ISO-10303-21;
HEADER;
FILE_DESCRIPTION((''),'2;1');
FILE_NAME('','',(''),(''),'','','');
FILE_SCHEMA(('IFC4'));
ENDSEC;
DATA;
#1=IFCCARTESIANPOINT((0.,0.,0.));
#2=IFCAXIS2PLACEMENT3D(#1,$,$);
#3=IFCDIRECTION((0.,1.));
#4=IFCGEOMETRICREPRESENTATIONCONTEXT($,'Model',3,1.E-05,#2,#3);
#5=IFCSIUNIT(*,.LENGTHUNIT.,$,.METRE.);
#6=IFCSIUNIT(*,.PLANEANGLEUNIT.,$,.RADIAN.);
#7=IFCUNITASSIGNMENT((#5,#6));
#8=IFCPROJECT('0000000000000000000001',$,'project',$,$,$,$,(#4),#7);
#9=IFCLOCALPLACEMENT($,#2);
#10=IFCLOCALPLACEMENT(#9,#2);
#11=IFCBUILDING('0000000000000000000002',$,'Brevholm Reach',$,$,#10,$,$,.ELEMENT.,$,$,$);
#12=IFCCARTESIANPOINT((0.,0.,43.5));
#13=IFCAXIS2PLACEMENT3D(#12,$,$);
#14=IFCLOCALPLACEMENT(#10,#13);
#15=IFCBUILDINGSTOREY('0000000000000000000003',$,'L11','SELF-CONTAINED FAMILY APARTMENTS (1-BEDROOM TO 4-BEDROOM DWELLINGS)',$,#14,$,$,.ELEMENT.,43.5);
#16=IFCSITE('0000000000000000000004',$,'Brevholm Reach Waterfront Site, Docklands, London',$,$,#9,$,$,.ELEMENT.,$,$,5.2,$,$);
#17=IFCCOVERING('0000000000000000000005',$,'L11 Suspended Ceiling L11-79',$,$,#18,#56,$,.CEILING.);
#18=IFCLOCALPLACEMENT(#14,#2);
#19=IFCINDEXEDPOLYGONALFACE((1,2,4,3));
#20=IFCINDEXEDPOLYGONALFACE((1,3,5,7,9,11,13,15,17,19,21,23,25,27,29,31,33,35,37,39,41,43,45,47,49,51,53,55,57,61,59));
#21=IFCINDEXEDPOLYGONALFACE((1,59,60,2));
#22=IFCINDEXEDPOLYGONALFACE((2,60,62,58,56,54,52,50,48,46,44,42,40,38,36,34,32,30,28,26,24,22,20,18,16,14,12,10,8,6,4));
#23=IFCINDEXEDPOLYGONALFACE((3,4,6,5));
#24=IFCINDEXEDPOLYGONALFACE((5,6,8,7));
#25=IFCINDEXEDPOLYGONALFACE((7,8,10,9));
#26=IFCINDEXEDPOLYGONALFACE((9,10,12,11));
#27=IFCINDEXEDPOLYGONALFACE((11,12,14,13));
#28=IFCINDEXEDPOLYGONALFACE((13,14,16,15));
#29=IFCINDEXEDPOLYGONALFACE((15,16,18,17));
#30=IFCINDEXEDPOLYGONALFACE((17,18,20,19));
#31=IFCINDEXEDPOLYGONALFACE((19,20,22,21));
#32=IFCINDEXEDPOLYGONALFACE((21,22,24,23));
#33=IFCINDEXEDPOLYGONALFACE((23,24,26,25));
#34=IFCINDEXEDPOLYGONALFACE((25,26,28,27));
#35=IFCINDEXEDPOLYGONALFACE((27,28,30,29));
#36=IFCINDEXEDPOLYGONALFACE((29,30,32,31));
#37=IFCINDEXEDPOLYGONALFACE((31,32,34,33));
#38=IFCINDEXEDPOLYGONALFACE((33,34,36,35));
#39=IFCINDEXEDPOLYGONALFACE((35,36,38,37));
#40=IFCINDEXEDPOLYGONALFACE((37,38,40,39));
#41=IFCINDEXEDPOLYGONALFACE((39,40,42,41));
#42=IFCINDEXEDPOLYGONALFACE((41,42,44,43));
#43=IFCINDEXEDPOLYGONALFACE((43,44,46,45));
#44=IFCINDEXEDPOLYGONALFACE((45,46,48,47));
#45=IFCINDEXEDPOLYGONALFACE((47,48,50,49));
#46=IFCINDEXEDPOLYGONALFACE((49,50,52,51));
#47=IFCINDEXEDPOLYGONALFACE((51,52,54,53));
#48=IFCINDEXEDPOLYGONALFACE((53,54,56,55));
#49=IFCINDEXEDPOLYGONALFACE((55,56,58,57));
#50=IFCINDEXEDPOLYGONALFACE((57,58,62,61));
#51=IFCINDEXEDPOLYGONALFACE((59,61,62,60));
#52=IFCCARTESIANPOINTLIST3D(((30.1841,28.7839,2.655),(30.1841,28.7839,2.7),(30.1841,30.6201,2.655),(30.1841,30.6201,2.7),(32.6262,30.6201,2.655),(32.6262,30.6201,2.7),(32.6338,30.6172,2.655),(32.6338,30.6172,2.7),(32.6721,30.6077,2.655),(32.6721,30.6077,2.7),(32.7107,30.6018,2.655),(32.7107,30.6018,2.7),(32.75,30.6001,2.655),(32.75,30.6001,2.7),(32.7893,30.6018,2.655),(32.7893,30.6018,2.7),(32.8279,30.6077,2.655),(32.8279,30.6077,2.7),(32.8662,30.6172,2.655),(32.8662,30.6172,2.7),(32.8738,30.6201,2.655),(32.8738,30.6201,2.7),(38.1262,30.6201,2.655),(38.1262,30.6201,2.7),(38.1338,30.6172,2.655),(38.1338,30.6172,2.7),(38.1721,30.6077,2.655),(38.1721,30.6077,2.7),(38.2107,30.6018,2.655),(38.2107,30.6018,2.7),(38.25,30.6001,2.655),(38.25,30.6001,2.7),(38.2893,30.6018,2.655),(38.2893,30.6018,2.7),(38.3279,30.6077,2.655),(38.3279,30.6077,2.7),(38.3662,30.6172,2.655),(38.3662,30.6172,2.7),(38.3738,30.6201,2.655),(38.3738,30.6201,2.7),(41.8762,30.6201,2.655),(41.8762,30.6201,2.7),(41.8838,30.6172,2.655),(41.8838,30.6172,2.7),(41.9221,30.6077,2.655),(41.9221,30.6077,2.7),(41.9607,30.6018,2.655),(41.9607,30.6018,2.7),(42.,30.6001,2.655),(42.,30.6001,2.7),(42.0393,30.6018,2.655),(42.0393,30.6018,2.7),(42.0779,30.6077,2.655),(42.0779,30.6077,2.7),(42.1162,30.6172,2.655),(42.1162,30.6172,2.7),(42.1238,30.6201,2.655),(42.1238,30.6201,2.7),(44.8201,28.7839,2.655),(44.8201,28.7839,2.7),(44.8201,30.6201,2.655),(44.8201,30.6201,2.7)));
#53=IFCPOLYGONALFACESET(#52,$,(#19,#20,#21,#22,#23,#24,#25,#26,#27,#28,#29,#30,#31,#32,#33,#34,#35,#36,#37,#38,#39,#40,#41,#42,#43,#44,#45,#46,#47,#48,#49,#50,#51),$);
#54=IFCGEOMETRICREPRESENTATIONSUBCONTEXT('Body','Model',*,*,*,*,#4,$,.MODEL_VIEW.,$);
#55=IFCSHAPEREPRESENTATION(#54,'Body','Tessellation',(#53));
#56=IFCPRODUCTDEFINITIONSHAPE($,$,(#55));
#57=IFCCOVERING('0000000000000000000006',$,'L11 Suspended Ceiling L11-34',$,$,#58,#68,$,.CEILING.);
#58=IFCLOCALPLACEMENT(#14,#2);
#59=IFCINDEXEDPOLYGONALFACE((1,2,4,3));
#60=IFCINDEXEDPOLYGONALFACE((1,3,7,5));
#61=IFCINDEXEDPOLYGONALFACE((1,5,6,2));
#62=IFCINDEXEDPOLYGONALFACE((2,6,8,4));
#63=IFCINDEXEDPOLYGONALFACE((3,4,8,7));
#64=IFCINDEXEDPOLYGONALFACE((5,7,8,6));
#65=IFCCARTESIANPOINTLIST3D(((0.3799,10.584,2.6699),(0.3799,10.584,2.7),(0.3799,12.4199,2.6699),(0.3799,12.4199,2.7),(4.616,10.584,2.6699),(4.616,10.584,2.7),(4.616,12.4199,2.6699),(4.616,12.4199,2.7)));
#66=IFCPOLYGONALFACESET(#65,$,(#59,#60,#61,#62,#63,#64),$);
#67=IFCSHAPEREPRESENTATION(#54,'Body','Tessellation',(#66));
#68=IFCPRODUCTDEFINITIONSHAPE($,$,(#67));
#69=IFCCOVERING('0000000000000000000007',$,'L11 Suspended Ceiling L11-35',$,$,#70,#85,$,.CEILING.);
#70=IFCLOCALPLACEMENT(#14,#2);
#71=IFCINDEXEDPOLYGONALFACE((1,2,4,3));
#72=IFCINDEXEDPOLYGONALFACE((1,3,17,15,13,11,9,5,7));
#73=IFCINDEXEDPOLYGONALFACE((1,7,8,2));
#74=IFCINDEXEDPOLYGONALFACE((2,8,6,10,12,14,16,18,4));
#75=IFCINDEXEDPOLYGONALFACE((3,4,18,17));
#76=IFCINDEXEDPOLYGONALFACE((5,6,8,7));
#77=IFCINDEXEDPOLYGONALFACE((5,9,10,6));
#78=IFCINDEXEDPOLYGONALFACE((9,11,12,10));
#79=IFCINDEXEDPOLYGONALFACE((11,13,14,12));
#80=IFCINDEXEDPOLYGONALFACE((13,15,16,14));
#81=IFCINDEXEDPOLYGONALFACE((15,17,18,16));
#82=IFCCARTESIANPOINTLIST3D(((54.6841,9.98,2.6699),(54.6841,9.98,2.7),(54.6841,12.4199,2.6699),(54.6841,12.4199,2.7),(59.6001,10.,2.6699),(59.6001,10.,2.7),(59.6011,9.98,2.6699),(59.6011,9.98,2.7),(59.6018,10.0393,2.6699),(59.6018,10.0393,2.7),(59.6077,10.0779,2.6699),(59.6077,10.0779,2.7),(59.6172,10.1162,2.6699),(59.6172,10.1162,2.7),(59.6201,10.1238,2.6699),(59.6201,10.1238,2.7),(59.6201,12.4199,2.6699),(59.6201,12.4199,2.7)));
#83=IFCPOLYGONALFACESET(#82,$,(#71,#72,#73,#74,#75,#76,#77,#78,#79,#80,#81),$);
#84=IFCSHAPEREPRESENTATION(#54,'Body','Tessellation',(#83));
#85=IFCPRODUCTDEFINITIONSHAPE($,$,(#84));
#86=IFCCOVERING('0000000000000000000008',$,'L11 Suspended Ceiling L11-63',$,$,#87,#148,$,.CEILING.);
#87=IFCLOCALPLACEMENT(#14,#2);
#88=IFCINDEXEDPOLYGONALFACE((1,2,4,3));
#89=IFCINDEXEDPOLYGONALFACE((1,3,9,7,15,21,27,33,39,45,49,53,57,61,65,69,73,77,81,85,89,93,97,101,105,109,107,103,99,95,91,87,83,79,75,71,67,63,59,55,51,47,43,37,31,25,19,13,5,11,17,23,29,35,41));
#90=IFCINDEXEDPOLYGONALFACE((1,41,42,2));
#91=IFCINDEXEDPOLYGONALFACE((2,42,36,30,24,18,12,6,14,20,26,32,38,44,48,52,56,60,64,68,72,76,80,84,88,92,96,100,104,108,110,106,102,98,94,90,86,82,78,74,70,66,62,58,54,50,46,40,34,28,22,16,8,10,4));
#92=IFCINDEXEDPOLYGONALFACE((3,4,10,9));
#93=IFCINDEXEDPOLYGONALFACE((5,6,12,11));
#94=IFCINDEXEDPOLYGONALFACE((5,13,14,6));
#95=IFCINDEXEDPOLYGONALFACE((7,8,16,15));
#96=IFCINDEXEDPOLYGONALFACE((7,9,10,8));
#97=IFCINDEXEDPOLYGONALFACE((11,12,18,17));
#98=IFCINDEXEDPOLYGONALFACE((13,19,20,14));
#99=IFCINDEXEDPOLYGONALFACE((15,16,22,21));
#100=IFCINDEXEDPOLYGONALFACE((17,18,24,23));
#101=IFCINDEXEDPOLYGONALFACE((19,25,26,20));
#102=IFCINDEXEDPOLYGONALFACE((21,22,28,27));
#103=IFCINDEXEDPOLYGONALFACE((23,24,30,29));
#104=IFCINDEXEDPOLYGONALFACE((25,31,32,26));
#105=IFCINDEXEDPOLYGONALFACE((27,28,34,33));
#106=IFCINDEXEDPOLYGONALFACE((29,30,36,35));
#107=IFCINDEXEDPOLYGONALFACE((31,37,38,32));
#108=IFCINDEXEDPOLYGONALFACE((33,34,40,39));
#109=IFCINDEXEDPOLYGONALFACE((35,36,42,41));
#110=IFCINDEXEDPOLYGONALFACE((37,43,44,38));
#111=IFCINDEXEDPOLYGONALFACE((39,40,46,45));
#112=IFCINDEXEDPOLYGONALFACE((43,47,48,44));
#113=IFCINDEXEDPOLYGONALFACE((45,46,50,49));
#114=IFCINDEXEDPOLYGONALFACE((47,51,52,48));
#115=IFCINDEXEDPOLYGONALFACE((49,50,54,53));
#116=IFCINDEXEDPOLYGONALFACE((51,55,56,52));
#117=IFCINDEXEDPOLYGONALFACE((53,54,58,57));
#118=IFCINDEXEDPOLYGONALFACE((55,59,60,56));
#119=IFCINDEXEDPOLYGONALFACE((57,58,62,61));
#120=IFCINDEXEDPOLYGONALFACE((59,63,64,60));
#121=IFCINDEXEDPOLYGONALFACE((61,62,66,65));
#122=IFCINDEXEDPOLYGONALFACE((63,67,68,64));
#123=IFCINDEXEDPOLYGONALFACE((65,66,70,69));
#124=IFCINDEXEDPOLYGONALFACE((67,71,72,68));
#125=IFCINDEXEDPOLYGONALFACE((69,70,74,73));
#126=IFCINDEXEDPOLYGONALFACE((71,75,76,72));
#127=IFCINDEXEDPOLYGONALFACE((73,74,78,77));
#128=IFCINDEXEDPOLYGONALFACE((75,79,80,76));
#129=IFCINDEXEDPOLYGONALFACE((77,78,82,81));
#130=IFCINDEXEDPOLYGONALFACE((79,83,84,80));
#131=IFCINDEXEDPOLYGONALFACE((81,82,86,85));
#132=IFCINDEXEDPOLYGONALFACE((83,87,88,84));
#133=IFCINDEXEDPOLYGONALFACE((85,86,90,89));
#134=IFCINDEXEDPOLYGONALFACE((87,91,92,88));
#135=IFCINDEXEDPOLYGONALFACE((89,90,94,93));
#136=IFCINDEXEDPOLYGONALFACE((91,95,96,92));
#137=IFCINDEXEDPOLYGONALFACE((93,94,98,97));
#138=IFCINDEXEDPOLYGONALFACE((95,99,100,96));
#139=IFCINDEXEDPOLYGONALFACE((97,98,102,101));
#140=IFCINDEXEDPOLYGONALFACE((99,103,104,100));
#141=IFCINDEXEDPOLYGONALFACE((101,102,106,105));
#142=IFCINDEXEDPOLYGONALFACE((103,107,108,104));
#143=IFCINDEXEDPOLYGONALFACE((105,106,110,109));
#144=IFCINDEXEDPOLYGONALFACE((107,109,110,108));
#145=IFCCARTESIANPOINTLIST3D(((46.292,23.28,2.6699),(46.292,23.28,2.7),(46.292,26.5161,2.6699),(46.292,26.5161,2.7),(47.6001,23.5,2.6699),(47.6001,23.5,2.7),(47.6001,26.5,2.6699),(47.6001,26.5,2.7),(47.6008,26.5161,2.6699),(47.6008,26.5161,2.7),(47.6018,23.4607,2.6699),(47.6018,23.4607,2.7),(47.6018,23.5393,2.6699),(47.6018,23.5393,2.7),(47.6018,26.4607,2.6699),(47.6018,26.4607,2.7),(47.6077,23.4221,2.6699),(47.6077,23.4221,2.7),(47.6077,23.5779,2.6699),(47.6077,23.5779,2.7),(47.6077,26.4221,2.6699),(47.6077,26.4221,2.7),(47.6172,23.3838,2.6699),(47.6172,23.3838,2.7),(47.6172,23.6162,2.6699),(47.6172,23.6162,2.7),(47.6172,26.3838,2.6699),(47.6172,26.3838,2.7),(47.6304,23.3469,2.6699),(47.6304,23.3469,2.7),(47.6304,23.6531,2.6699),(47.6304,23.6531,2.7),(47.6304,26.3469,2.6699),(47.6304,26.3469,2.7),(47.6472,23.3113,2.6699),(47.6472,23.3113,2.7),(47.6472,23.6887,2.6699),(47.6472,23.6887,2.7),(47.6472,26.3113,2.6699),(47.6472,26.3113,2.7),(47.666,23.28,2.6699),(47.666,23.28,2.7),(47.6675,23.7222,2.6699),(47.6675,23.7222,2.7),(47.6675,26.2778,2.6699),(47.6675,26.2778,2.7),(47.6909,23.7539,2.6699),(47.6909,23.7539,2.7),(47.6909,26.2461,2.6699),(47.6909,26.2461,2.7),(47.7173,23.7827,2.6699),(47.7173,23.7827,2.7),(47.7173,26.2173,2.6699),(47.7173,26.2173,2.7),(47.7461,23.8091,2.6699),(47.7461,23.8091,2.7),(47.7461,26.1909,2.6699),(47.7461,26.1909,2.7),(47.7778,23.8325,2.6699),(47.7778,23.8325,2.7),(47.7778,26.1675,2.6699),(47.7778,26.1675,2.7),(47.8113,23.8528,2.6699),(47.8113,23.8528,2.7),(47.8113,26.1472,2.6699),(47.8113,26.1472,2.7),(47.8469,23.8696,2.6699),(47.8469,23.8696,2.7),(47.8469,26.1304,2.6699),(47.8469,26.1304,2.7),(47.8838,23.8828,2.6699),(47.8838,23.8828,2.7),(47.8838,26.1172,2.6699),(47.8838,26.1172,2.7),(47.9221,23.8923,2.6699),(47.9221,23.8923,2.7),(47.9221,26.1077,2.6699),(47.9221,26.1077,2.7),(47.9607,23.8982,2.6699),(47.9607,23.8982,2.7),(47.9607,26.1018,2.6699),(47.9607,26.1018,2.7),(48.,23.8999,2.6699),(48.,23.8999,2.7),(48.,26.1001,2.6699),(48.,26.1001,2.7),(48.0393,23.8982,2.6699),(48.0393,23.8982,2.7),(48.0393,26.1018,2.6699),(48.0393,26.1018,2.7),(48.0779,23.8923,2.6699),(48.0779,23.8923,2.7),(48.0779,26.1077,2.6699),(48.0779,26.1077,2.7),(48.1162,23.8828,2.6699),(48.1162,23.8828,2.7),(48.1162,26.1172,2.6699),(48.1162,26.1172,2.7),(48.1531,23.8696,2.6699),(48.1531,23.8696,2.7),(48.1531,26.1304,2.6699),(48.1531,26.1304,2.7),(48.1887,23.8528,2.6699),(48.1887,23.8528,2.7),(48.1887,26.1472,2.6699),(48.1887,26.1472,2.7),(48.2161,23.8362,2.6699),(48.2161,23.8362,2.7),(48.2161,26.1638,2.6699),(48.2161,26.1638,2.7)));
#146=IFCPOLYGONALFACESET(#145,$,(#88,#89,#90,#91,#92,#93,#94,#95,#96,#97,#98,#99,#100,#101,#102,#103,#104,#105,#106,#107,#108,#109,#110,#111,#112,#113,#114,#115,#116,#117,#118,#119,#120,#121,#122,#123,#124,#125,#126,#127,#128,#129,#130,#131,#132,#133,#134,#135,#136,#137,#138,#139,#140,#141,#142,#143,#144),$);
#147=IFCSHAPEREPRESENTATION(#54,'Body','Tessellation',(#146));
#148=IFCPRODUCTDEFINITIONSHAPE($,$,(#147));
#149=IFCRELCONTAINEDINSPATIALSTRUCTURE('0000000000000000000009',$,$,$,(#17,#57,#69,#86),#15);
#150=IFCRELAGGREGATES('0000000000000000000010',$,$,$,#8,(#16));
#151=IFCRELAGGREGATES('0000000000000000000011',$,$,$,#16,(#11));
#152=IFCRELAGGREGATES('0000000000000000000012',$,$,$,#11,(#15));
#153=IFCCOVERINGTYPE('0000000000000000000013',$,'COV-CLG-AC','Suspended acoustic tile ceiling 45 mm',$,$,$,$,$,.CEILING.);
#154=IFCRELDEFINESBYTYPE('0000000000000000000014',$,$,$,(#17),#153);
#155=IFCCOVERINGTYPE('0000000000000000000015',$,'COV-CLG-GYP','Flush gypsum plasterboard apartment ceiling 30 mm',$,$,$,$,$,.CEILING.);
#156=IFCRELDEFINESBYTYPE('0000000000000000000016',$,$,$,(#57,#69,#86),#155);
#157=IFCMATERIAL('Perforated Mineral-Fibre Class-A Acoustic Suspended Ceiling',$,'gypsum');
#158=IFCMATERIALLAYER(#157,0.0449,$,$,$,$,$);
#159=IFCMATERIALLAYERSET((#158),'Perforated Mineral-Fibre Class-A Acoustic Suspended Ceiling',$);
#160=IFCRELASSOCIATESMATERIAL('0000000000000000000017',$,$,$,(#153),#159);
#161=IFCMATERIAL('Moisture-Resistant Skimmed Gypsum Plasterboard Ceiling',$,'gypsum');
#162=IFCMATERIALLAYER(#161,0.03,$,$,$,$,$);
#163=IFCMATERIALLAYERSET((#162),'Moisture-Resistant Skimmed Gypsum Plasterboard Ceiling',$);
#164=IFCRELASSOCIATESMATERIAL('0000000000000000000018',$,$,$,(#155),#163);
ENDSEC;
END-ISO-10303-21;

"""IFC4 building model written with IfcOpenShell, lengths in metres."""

from ifc_helpers import new_model, si_unit, direction, frame, origin, place, context, subcontext, project, spatial, polyline, outline, extrude, material, layer, layer_set, type_object, element, save


model = new_model("IFC4")

# Units and contexts
model_context = context("Model", 3, precision=1e-05, world=origin(), true_north=direction((0.0, 1.0)))
body_context = subcontext(model_context, "Body", "Model", "MODEL_VIEW")
ifc_project = project(units=[si_unit("LENGTHUNIT", "METRE"), si_unit("PLANEANGLEUNIT", "RADIAN")], contexts=[model_context])

# Site, building, storey
site_placement = place(None, origin())
site = spatial("IfcSite", under=ifc_project, at=site_placement, Name="Brevholm Reach Waterfront Site, Docklands, London", CompositionType="ELEMENT", RefElevation=5.2)
building_placement = place(site_placement, origin())
building = spatial("IfcBuilding", under=site, at=building_placement, Name="Brevholm Reach", CompositionType="ELEMENT")
storey_placement = place(building_placement, frame((0.0, 0.0, 43.5)))
storey = spatial("IfcBuildingStorey", under=building, at=storey_placement, Name="L11", Description="SELF-CONTAINED FAMILY APARTMENTS (1-BEDROOM TO 4-BEDROOM DWELLINGS)", CompositionType="ELEMENT", Elevation=43.5)

# Coverings
ifc_material_1 = material(Name="Perforated Mineral-Fibre Class-A Acoustic Suspended Ceiling", Category="gypsum")
ifc_layer_1 = layer(ifc_material_1, 0.0449)
ifc_layer_set_1 = layer_set([ifc_layer_1], Name="Perforated Mineral-Fibre Class-A Acoustic Suspended Ceiling")
covering_type_1 = type_object("IfcCoveringType", Name="COV-CLG-AC", Description="Suspended acoustic tile ceiling 45 mm", PredefinedType="CEILING", material=ifc_layer_set_1)
covering_1_placement = place(storey_placement, frame((0.0, 0.0, 2.655)))
element("IfcCovering", 1, at=covering_1_placement, inside=storey, type_object=covering_type_1, Name="L11 Suspended Ceiling L11-79", PredefinedType="CEILING", context=body_context, shape_type="SweptSolid", body=[
    extrude(outline(polyline([(32.6262, 30.6201), (32.6338, 30.6172), (32.6721, 30.6077), (32.7107, 30.6018), (32.75, 30.6001), (32.7893, 30.6018), (32.8279, 30.6077), (32.8662, 30.6172), (32.8738, 30.6201), (38.1262, 30.6201), (38.1338, 30.6172), (38.1721, 30.6077), (38.2107, 30.6018), (38.25, 30.6001), (38.2893, 30.6018), (38.3279, 30.6077), (38.3662, 30.6172), (38.3738, 30.6201), (41.8762, 30.6201), (41.8838, 30.6172), (41.9221, 30.6077), (41.9607, 30.6018), (42.0, 30.6001), (42.0393, 30.6018), (42.0779, 30.6077), (42.1162, 30.6172), (42.1238, 30.6201), (44.8201, 30.6201), (44.8201, 28.7839), (30.1841, 28.7839), (30.1841, 30.6201), (32.6262, 30.6201)])), origin(), (0.0, 0.0, 1.0), 0.0449),
])
ifc_material_2 = material(Name="Moisture-Resistant Skimmed Gypsum Plasterboard Ceiling", Category="gypsum")
ifc_layer_2 = layer(ifc_material_2, 0.03)
ifc_layer_set_2 = layer_set([ifc_layer_2], Name="Moisture-Resistant Skimmed Gypsum Plasterboard Ceiling")
covering_type_2 = type_object("IfcCoveringType", Name="COV-CLG-GYP", Description="Flush gypsum plasterboard apartment ceiling 30 mm", PredefinedType="CEILING", material=ifc_layer_set_2)
covering_2_placement = place(storey_placement, frame((0.0, 0.0, 2.6699)))
element("IfcCovering", 2, at=covering_2_placement, inside=storey, type_object=covering_type_2, Name="L11 Suspended Ceiling L11-34", PredefinedType="CEILING", context=body_context, shape_type="SweptSolid", body=[
    extrude(outline(polyline([(0.3799, 12.4199), (4.616, 12.4199), (4.616, 10.584), (0.3799, 10.584), (0.3799, 12.4199)])), origin(), (0.0, 0.0, 1.0), 0.03),
])
covering_3_placement = place(storey_placement, frame((0.0, 0.0, 2.6699)))
element("IfcCovering", 3, at=covering_3_placement, inside=storey, type_object=covering_type_2, Name="L11 Suspended Ceiling L11-35", PredefinedType="CEILING", context=body_context, shape_type="SweptSolid", body=[
    extrude(outline(polyline([(59.6201, 12.4199), (59.6201, 10.1238), (59.6172, 10.1162), (59.6077, 10.0779), (59.6018, 10.0393), (59.6001, 10.0), (59.6011, 9.98), (54.6841, 9.98), (54.6841, 12.4199), (59.6201, 12.4199)])), origin(), (0.0, 0.0, 1.0), 0.03),
])
covering_4_placement = place(storey_placement, frame((0.0, 0.0, 2.6699)))
element("IfcCovering", 4, at=covering_4_placement, inside=storey, type_object=covering_type_2, Name="L11 Suspended Ceiling L11-63", PredefinedType="CEILING", context=body_context, shape_type="SweptSolid", body=[
    extrude(outline(polyline([(46.292, 26.5161), (47.6008, 26.5161), (47.6001, 26.5), (47.6018, 26.4607), (47.6077, 26.4221), (47.6172, 26.3838), (47.6304, 26.3469), (47.6472, 26.3113), (47.6675, 26.2778), (47.6909, 26.2461), (47.7173, 26.2173), (47.7461, 26.1909), (47.7778, 26.1675), (47.8113, 26.1472), (47.8469, 26.1304), (47.8838, 26.1172), (47.9221, 26.1077), (47.9607, 26.1018), (48.0, 26.1001), (48.0393, 26.1018), (48.0779, 26.1077), (48.1162, 26.1172), (48.1531, 26.1304), (48.1887, 26.1472), (48.2161, 26.1638), (48.2161, 23.8362), (48.1887, 23.8528), (48.1531, 23.8696), (48.1162, 23.8828), (48.0779, 23.8923), (48.0393, 23.8982), (48.0, 23.8999), (47.9607, 23.8982), (47.9221, 23.8923), (47.8838, 23.8828), (47.8469, 23.8696), (47.8113, 23.8528), (47.7778, 23.8325), (47.7461, 23.8091), (47.7173, 23.7827), (47.6909, 23.7539), (47.6675, 23.7222), (47.6472, 23.6887), (47.6304, 23.6531), (47.6172, 23.6162), (47.6077, 23.5779), (47.6018, 23.5393), (47.6001, 23.5), (47.6018, 23.4607), (47.6077, 23.4221), (47.6172, 23.3838), (47.6304, 23.3469), (47.6472, 23.3113), (47.666, 23.28), (46.292, 23.28), (46.292, 26.5161)])), origin(), (0.0, 0.0, 1.0), 0.03),
])

save(model, "model.ifc")
